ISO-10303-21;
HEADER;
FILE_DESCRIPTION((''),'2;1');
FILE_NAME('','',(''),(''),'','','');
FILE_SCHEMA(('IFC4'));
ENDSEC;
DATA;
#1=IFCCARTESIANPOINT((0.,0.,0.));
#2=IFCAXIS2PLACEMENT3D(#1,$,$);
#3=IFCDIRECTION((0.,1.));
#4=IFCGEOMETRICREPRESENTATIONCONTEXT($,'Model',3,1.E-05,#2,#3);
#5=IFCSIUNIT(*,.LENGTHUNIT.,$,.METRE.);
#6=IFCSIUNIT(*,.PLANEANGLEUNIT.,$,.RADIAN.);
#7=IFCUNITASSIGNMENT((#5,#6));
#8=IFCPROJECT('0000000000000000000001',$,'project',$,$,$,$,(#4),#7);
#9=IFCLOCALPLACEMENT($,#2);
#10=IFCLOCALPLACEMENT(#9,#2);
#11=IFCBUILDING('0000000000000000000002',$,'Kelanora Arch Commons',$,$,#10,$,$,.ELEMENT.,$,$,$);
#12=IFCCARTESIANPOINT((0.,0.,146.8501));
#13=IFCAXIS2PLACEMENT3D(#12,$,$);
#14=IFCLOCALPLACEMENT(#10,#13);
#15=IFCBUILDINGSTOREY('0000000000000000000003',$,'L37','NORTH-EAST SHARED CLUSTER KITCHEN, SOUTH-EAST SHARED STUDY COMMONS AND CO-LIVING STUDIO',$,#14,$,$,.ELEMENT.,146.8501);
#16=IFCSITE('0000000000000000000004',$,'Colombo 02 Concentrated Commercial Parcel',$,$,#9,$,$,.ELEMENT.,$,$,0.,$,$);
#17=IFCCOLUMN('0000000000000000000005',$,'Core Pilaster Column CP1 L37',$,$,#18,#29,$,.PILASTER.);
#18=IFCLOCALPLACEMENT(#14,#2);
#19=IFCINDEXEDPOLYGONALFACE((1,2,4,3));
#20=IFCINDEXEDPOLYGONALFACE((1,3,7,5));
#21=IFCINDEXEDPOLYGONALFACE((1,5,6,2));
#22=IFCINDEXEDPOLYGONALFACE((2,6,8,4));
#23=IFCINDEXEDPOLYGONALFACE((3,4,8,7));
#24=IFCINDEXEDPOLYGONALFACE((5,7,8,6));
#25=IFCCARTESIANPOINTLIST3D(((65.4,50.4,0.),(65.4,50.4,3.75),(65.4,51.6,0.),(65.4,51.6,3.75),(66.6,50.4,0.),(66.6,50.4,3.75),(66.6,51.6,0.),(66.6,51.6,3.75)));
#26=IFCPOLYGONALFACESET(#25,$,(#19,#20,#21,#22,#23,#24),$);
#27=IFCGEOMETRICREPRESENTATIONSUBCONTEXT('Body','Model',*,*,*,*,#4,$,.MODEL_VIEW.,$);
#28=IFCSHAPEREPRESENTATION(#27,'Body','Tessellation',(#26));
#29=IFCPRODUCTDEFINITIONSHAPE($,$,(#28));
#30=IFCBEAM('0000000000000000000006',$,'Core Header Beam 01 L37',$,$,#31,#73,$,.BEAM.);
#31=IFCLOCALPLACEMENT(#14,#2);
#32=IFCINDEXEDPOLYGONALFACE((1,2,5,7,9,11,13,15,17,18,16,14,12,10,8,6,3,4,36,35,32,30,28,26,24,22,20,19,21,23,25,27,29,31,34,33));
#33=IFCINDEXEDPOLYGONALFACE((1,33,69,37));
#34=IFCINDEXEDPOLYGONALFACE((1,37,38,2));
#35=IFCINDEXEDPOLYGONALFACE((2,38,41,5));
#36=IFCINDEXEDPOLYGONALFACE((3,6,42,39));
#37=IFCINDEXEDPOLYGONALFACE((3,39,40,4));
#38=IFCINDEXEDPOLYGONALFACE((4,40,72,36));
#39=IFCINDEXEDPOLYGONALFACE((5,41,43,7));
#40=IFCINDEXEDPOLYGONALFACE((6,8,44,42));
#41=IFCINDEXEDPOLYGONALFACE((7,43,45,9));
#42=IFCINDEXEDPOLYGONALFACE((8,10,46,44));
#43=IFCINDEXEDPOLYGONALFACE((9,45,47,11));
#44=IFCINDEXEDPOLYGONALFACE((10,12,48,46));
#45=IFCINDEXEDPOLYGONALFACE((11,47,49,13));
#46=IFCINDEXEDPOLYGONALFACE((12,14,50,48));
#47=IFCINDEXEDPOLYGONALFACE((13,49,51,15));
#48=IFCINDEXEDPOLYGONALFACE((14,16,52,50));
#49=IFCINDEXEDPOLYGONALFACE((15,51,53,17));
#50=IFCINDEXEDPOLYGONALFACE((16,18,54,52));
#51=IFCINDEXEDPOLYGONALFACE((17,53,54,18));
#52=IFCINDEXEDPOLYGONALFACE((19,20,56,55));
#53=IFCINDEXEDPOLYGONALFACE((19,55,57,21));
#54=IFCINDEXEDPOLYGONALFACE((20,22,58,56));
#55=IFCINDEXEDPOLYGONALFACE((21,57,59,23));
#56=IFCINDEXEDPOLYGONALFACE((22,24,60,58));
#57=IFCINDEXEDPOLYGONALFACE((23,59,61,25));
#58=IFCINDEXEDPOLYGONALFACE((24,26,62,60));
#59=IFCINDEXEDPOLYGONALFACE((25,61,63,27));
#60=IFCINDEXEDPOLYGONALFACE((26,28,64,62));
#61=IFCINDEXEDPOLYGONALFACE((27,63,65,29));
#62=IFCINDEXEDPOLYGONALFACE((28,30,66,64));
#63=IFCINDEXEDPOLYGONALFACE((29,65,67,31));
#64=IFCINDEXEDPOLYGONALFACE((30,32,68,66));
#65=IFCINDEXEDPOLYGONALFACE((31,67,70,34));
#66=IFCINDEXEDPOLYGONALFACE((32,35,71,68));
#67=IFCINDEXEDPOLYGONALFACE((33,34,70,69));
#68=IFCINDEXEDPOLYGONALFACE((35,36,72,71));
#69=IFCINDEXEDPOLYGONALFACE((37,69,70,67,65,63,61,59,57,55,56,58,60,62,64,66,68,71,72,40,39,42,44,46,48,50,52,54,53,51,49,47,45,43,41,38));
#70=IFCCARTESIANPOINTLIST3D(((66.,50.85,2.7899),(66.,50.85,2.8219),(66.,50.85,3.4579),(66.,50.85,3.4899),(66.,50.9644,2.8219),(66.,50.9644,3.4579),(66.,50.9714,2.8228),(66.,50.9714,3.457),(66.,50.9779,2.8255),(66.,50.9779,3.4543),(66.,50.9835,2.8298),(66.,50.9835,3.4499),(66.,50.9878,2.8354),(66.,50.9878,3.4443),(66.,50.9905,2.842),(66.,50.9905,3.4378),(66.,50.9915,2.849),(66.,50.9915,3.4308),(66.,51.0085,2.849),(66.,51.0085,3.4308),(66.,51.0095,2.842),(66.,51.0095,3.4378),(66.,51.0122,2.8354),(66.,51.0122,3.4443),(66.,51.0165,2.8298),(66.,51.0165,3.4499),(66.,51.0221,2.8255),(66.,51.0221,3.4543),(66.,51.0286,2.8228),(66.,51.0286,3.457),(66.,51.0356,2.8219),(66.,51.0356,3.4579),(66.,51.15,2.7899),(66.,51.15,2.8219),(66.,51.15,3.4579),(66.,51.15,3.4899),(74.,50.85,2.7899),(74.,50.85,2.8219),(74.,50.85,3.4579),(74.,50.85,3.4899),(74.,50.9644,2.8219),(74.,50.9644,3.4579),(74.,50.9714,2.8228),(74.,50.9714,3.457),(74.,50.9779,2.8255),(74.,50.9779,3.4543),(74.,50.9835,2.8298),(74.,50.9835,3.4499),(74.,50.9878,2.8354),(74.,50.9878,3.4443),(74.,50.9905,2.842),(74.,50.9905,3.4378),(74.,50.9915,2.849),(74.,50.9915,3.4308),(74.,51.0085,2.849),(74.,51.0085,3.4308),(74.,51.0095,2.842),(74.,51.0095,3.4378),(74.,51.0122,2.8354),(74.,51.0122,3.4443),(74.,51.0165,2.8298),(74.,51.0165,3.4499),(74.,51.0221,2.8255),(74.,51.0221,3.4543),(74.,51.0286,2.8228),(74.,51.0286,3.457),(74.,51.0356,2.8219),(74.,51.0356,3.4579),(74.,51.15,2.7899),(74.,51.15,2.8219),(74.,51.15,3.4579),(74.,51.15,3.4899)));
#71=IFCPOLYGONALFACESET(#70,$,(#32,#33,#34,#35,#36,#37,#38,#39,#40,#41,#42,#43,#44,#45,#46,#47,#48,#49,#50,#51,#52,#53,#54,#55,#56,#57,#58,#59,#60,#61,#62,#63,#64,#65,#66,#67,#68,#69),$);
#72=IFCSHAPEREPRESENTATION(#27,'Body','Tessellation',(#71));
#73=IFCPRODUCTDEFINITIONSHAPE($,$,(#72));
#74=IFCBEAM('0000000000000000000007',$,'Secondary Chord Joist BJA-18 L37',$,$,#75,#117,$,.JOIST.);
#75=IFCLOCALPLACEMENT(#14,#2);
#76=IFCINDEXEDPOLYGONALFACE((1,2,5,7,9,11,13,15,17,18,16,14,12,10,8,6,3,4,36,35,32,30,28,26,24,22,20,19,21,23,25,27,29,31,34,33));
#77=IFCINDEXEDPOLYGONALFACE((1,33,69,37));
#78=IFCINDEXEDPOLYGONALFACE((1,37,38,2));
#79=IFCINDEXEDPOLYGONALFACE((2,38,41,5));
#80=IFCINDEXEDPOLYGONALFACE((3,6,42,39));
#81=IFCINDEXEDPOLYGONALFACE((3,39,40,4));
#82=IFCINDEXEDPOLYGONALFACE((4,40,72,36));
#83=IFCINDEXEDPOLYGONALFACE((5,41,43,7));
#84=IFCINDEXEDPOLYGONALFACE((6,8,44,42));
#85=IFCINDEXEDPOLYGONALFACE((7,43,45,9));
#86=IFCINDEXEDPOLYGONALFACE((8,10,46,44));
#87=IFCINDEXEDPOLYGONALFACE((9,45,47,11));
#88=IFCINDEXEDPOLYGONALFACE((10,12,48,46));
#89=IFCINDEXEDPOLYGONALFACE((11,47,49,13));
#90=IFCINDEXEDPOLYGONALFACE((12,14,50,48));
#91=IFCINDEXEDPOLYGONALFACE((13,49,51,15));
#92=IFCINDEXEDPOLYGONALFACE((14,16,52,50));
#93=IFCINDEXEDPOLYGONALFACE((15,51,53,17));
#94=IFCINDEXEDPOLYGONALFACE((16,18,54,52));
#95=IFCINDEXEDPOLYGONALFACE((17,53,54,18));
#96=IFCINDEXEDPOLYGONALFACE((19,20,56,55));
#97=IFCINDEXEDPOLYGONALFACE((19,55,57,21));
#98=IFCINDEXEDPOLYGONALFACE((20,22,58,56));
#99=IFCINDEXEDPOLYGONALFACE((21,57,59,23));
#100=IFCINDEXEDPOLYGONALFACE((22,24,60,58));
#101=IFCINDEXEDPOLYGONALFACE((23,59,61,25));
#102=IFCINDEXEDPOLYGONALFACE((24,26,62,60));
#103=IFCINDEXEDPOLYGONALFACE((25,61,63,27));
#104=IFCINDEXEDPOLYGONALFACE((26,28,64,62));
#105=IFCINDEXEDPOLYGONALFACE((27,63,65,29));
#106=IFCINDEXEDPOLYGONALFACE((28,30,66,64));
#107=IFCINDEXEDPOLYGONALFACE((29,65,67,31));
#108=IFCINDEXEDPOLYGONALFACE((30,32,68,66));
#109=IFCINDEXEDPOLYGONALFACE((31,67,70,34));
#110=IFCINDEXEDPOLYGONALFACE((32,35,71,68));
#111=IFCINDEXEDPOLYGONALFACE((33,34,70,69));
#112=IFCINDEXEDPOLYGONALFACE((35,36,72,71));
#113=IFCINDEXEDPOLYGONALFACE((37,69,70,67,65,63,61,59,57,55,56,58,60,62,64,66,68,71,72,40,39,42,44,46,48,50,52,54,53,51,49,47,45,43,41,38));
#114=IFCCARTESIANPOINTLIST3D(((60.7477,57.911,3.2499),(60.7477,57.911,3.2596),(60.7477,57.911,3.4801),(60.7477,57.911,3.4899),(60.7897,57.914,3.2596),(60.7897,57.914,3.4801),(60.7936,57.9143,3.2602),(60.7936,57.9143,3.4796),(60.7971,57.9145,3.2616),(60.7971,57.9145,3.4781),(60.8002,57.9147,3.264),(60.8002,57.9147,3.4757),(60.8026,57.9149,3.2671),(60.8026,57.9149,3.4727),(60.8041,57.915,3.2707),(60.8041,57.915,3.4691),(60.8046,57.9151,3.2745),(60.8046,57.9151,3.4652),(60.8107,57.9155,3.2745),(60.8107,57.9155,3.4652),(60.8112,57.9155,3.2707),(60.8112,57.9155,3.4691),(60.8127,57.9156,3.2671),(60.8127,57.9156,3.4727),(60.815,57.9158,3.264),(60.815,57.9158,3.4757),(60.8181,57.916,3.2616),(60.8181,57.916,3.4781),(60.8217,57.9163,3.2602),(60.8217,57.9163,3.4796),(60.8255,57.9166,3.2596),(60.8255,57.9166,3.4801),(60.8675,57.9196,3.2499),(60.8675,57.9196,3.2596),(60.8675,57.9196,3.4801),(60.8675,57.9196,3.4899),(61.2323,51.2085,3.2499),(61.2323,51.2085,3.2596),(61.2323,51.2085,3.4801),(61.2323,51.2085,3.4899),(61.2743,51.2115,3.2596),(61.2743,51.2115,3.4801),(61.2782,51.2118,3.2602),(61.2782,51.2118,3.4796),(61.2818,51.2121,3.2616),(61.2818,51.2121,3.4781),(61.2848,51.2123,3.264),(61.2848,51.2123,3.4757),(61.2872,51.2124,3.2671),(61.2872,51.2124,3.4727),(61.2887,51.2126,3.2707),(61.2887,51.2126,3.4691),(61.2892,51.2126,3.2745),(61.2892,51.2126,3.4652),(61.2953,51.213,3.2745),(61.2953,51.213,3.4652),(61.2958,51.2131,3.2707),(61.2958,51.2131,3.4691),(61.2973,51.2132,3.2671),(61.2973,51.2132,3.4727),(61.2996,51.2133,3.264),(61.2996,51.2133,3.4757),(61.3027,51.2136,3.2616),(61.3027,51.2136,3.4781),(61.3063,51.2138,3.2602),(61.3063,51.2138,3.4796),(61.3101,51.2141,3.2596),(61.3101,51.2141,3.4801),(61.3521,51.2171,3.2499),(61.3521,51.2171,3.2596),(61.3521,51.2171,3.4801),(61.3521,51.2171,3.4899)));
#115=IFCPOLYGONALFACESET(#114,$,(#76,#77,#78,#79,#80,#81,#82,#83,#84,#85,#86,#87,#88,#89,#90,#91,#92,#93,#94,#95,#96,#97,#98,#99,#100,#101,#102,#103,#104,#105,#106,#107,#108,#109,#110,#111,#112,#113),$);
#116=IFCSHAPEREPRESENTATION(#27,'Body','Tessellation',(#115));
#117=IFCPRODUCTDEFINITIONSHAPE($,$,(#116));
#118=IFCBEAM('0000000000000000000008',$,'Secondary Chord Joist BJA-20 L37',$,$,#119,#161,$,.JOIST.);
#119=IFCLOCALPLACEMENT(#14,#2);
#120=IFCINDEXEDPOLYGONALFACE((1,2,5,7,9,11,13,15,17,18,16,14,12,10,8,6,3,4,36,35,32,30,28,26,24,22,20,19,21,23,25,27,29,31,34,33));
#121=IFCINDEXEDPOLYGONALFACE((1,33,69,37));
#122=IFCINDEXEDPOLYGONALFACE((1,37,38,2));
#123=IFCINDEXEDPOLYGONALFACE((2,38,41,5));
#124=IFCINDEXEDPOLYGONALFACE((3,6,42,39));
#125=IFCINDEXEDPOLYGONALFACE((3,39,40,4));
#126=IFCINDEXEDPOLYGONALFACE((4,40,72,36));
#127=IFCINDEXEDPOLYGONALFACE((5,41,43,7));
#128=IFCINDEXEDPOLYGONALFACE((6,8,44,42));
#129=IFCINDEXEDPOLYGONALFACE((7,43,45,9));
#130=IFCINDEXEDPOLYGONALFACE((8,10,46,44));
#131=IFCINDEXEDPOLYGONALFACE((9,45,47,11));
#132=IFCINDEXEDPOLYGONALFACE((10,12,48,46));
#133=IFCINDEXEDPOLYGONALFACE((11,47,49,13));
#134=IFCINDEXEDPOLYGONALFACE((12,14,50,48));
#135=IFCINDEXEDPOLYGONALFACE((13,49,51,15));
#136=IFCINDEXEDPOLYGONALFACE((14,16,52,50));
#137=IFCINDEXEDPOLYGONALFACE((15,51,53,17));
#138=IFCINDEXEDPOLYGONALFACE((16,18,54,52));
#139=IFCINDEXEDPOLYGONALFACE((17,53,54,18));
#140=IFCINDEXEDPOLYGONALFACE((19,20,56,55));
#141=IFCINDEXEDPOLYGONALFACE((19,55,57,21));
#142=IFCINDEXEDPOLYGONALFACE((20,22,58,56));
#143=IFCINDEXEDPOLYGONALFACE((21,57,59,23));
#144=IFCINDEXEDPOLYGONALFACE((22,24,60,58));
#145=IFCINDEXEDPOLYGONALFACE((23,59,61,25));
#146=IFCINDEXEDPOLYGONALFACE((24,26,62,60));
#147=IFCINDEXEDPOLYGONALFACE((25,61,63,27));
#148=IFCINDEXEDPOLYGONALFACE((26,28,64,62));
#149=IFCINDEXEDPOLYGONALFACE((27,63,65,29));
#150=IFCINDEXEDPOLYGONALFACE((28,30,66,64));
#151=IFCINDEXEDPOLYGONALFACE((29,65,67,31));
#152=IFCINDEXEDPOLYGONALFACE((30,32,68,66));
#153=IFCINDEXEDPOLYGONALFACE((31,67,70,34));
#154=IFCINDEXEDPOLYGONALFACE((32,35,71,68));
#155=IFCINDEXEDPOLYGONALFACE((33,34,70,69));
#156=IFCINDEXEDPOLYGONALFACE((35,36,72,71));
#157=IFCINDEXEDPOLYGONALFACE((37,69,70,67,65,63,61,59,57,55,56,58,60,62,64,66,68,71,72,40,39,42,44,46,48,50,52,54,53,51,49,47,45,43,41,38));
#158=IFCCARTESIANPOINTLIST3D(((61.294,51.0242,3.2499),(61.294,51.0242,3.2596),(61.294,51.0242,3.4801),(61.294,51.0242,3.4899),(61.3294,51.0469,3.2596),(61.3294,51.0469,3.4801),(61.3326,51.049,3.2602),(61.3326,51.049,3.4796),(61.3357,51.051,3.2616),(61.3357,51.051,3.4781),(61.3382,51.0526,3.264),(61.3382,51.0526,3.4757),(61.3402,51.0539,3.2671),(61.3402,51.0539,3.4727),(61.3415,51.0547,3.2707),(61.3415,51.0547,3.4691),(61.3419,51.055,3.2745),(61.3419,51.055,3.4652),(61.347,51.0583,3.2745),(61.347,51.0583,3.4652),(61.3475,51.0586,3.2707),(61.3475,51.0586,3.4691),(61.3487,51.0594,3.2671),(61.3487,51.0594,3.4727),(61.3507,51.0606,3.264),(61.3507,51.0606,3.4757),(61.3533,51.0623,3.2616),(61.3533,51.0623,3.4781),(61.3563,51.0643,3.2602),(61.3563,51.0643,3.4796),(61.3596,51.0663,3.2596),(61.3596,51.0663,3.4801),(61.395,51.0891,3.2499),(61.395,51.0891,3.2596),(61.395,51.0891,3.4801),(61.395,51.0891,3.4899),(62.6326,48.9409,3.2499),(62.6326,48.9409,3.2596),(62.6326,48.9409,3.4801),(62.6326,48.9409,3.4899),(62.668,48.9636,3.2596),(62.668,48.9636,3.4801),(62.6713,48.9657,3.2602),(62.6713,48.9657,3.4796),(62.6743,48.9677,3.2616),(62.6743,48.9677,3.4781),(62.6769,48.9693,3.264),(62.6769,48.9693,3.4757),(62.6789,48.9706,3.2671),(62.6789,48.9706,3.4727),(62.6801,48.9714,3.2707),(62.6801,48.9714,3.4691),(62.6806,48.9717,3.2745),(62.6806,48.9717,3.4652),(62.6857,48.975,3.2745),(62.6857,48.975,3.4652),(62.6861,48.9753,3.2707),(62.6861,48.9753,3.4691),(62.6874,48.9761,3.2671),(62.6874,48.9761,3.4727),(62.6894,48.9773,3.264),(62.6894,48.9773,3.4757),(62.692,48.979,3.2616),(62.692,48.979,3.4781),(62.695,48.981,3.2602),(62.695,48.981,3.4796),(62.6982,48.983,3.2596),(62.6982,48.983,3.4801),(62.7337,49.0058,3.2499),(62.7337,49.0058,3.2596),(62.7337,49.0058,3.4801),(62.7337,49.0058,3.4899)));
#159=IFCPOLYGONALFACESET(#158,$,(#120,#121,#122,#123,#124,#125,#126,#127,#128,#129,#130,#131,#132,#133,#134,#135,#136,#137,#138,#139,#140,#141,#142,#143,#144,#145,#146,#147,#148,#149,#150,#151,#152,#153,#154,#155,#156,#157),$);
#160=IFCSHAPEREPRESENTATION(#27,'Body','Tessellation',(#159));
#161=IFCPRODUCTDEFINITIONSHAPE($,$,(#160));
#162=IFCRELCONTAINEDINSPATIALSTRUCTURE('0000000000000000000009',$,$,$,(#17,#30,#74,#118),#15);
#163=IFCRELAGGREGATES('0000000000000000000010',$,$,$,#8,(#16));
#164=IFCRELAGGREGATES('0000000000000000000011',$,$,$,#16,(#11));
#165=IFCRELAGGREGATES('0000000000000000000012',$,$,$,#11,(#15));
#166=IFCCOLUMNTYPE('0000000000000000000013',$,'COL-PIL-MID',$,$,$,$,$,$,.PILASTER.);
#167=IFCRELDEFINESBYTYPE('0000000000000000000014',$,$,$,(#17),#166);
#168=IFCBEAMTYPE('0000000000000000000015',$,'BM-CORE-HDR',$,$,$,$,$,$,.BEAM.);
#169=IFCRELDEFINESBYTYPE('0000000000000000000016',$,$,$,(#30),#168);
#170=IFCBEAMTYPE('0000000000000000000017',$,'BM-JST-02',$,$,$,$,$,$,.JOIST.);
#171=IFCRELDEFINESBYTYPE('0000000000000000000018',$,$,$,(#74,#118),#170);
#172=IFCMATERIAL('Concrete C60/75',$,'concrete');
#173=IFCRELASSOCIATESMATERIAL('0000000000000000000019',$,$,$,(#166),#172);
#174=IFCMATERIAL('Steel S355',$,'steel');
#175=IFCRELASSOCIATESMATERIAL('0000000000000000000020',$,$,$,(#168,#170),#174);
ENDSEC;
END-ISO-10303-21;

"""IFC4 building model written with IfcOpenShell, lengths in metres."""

from ifc_helpers import new_model, si_unit, direction, frame, origin, origin_2d, place, context, subcontext, project, spatial, rectangle, i_section, extrude, material, material_profile, profile_set, type_object, element, save


model = new_model("IFC4")

# Units and contexts
model_context = context("Model", 3, precision=1e-05, world=origin(), true_north=direction((0.0, 1.0)))
body_context = subcontext(model_context, "Body", "Model", "MODEL_VIEW")
ifc_project = project(units=[si_unit("LENGTHUNIT", "METRE"), si_unit("PLANEANGLEUNIT", "RADIAN")], contexts=[model_context])

# Site, building, storey
site_placement = place(None, origin())
site = spatial("IfcSite", under=ifc_project, at=site_placement, Name="Colombo 02 Concentrated Commercial Parcel", CompositionType="ELEMENT", RefElevation=0.0)
building_placement = place(site_placement, origin())
building = spatial("IfcBuilding", under=site, at=building_placement, Name="Kelanora Arch Commons", CompositionType="ELEMENT")
storey_placement = place(building_placement, frame((0.0, 0.0, 146.8501)))
storey = spatial("IfcBuildingStorey", under=building, at=storey_placement, Name="L37", Description="NORTH-EAST SHARED CLUSTER KITCHEN, SOUTH-EAST SHARED STUDY COMMONS AND CO-LIVING STUDIO", CompositionType="ELEMENT", Elevation=146.8501)

# Column
ifc_material_1 = material(Name="Concrete C60/75", Category="concrete")
ifc_material_profile_1 = material_profile(ifc_material_1, rectangle(XDim=1.2, YDim=1.2, at=origin_2d()), Name="RC1200x1200")
ifc_profile_set_1 = profile_set([ifc_material_profile_1], Name="Concrete C60/75")
column_type = type_object("IfcColumnType", Name="COL-PIL-MID", PredefinedType="PILASTER", material=ifc_profile_set_1)
column_placement = place(storey_placement, frame((66.0, 51.0, 0.0), z_axis=(0.0, 0.0, 1.0), x_axis=(1.0, 0.0, 0.0)))
element("IfcColumn", 1, at=column_placement, inside=storey, type_object=column_type, Name="Core Pilaster Column CP1 L37", PredefinedType="PILASTER", context=body_context, shape_type="SweptSolid", body=[
    extrude(rectangle(XDim=1.2, YDim=1.2, at=origin_2d()), origin(), (0.0, 0.0, 1.0), 3.75),
])

# Beams
ifc_material_2 = material(Name="Steel S355", Category="steel")
ifc_material_profile_2 = material_profile(ifc_material_2, i_section(OverallWidth=0.3, OverallDepth=0.7, WebThickness=0.0171, FlangeThickness=0.032, FilletRadius=0.0271, at=origin_2d()), Name="HEB700")
ifc_profile_set_2 = profile_set([ifc_material_profile_2], Name="Steel S355")
beam_type_1 = type_object("IfcBeamType", Name="BM-CORE-HDR", PredefinedType="BEAM", material=ifc_profile_set_2)
beam_1_placement = place(storey_placement, frame((66.0, 51.0, 3.1399), z_axis=(1.0, 0.0, 0.0), x_axis=(0.0, 1.0, 0.0)))
element("IfcBeam", 2, at=beam_1_placement, inside=storey, type_object=beam_type_1, Name="Core Header Beam 01 L37", PredefinedType="BEAM", context=body_context, shape_type="SweptSolid", body=[
    extrude(i_section(OverallWidth=0.3, OverallDepth=0.7, WebThickness=0.0171, FlangeThickness=0.032, FilletRadius=0.0271, at=origin_2d()), origin(), (0.0, 0.0, 1.0), 8.0),
])
ifc_material_profile_3 = material_profile(ifc_material_2, i_section(OverallWidth=0.1201, OverallDepth=0.24, WebThickness=0.0061, FlangeThickness=0.0098, FilletRadius=0.0149, at=origin_2d()), Name="IPE240")
ifc_profile_set_3 = profile_set([ifc_material_profile_3], Name="Steel S355")
beam_type_2 = type_object("IfcBeamType", Name="BM-JST-02", PredefinedType="JOIST", material=ifc_profile_set_3)
beam_2_placement = place(storey_placement, frame((60.8076, 57.9153, 3.3699), z_axis=(0.072117, -0.997396, 0.0), x_axis=(0.997396, 0.072117, 0.0)))
element("IfcBeam", 3, at=beam_2_placement, inside=storey, type_object=beam_type_2, Name="Secondary Chord Joist BJA-18 L37", PredefinedType="JOIST", context=body_context, shape_type="SweptSolid", body=[
    extrude(i_section(OverallWidth=0.1201, OverallDepth=0.24, WebThickness=0.0061, FlangeThickness=0.0098, FilletRadius=0.0149, at=origin_2d()), origin(), (0.0, 0.0, 1.0), 6.72),
])
beam_3_placement = place(storey_placement, frame((61.3445, 51.0566, 3.3699), z_axis=(0.540583, -0.841291, 0.0), x_axis=(0.841291, 0.540583, 0.0)))
element("IfcBeam", 4, at=beam_3_placement, inside=storey, type_object=beam_type_2, Name="Secondary Chord Joist BJA-20 L37", PredefinedType="JOIST", context=body_context, shape_type="SweptSolid", body=[
    extrude(i_section(OverallWidth=0.1201, OverallDepth=0.24, WebThickness=0.0061, FlangeThickness=0.0098, FilletRadius=0.0149, at=origin_2d()), origin(), (0.0, 0.0, 1.0), 2.4763),
])

save(model, "model.ifc")
